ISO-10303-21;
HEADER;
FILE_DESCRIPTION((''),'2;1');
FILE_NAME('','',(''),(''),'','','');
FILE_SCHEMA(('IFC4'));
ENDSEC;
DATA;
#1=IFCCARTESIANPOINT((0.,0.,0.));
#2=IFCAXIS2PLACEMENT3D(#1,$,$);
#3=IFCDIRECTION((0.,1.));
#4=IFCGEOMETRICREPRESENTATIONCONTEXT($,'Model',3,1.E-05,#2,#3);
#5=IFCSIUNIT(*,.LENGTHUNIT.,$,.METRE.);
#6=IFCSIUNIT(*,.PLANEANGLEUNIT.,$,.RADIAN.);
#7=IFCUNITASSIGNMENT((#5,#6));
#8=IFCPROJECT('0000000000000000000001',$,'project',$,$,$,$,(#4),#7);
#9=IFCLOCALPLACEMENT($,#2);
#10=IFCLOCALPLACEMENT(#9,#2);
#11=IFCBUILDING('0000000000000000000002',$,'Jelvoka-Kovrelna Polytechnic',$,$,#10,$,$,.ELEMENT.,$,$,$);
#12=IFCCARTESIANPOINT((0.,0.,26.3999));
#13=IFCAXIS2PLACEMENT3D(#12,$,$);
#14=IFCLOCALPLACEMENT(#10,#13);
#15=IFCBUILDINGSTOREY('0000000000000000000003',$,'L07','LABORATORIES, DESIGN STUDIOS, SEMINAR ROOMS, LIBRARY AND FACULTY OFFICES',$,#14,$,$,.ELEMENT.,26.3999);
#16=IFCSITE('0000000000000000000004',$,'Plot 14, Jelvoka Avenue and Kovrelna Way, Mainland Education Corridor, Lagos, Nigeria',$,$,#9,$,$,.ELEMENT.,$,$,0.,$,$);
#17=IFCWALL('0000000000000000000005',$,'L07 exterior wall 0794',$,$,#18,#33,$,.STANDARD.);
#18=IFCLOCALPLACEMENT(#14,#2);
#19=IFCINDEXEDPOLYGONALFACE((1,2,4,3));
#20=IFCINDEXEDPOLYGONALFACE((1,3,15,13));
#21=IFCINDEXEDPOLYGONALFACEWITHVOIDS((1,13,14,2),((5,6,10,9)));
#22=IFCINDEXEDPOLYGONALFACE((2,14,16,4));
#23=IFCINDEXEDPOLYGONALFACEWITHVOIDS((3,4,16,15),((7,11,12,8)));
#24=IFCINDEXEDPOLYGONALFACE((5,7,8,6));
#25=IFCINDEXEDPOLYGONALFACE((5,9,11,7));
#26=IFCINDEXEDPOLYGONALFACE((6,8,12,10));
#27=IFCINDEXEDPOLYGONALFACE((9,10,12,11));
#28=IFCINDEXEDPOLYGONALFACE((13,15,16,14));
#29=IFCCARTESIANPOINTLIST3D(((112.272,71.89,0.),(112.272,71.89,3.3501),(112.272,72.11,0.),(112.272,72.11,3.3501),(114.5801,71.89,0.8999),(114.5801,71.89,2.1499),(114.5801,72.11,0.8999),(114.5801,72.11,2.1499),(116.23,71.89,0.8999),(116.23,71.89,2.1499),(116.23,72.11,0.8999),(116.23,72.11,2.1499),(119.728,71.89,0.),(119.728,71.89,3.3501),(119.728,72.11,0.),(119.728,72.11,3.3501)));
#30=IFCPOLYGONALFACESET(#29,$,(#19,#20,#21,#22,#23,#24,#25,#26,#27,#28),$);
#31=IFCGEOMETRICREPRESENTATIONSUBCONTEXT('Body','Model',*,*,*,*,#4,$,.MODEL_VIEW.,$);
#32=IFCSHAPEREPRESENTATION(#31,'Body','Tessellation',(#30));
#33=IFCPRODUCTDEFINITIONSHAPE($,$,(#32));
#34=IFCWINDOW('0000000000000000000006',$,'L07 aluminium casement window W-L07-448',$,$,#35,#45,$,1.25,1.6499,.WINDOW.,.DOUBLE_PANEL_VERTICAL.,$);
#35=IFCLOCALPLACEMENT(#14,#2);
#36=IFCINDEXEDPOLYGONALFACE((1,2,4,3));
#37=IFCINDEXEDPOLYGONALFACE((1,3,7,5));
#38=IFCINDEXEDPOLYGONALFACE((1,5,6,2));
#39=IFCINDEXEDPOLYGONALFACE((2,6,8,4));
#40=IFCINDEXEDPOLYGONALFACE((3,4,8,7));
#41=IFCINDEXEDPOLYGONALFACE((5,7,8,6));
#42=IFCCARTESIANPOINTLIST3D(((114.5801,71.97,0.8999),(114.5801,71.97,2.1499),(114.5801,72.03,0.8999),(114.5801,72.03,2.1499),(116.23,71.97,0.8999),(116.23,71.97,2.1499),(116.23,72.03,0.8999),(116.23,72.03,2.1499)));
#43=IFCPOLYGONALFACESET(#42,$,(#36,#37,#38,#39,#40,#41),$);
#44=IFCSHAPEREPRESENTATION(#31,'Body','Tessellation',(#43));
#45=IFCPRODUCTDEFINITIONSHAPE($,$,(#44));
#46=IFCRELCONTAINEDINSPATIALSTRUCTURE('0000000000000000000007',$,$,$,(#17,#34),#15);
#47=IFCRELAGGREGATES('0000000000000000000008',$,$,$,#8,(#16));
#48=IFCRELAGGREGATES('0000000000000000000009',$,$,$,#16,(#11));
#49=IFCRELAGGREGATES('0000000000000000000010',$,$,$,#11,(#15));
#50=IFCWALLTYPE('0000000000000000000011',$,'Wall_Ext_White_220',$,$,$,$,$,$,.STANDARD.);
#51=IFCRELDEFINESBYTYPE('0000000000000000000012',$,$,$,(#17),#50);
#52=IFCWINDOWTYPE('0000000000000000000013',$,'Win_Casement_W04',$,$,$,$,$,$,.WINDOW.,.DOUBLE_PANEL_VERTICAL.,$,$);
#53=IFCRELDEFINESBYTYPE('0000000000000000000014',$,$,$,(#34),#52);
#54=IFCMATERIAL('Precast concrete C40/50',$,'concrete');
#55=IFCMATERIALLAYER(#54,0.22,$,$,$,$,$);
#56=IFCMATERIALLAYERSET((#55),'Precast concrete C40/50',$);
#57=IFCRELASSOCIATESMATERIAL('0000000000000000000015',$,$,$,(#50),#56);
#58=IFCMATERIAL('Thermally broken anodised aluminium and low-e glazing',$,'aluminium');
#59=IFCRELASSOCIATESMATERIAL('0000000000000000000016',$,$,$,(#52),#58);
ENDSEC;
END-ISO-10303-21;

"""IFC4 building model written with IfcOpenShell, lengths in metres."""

from ifc_helpers import new_model, si_unit, direction, frame, frame_2d, origin, place, context, subcontext, project, spatial, rectangle, extrude, material, layer, layer_set, type_object, element, fill, save


model = new_model("IFC4")

# Units and contexts
model_context = context("Model", 3, precision=1e-05, world=origin(), true_north=direction((0.0, 1.0)))
body_context = subcontext(model_context, "Body", "Model", "MODEL_VIEW")
ifc_project = project(units=[si_unit("LENGTHUNIT", "METRE"), si_unit("PLANEANGLEUNIT", "RADIAN")], contexts=[model_context])

# Site, building, storey
site_placement = place(None, origin())
site = spatial("IfcSite", under=ifc_project, at=site_placement, Name="Plot 14, Jelvoka Avenue and Kovrelna Way, Mainland Education Corridor, Lagos, Nigeria", CompositionType="ELEMENT", RefElevation=0.0)
building_placement = place(site_placement, origin())
building = spatial("IfcBuilding", under=site, at=building_placement, Name="Jelvoka-Kovrelna Polytechnic", CompositionType="ELEMENT")
storey_placement = place(building_placement, frame((0.0, 0.0, 26.3999)))
storey = spatial("IfcBuildingStorey", under=building, at=storey_placement, Name="L07", Description="LABORATORIES, DESIGN STUDIOS, SEMINAR ROOMS, LIBRARY AND FACULTY OFFICES", CompositionType="ELEMENT", Elevation=26.3999)

# Wall, opening, window
ifc_material_1 = material(Name="Precast concrete C40/50", Category="concrete")
ifc_layer = layer(ifc_material_1, 0.22)
ifc_layer_set = layer_set([ifc_layer], Name="Precast concrete C40/50")
wall_type = type_object("IfcWallType", Name="Wall_Ext_White_220", PredefinedType="STANDARD", material=ifc_layer_set)
wall_placement = place(storey_placement, frame((112.272, 72.0, 0.0), z_axis=(0.0, 0.0, 1.0), x_axis=(1.0, 0.0, 0.0)))
wall = element("IfcWall", 1, at=wall_placement, inside=storey, type_object=wall_type, Name="L07 exterior wall 0794", PredefinedType="STANDARD", context=body_context, shape_type="SweptSolid", body=[
    extrude(rectangle(XDim=7.4561, YDim=0.22, at=frame_2d((3.728, 0.0))), origin(), (0.0, 0.0, 1.0), 3.3501),
])
opening_placement = place(wall_placement, frame((2.3081, 0.0, 0.8999)))
opening = element("IfcOpeningElement", 2, at=opening_placement, cuts=wall, PredefinedType="OPENING", context=body_context, shape_type="SweptSolid", body=[
    extrude(rectangle(XDim=1.6499, YDim=1.25, at=frame_2d((0.825, 0.625))), frame((0.0, 0.1199, 0.0), z_axis=(0.0, -1.0, 0.0), x_axis=(1.0, 0.0, 0.0)), (0.0, 0.0, 1.0), 0.24),
])
ifc_material_2 = material(Name="Thermally broken anodised aluminium and low-e glazing", Category="aluminium")
window_type = type_object("IfcWindowType", Name="Win_Casement_W04", PartitioningType="DOUBLE_PANEL_VERTICAL", PredefinedType="WINDOW", material=ifc_material_2)
window_placement = place(opening_placement, origin())
window = element("IfcWindow", 3, at=window_placement, inside=storey, type_object=window_type, Name="L07 aluminium casement window W-L07-448", OverallHeight=1.25, OverallWidth=1.6499, PartitioningType="DOUBLE_PANEL_VERTICAL", PredefinedType="WINDOW", context=body_context, shape_type="SweptSolid", body=[
    extrude(rectangle(XDim=1.6499, YDim=1.25, at=frame_2d((0.825, 0.625))), frame((0.0, 0.03, 0.0), z_axis=(0.0, -1.0, 0.0), x_axis=(1.0, 0.0, 0.0)), (0.0, 0.0, 1.0), 0.0601),
])
fill(opening, window)

save(model, "model.ifc")
